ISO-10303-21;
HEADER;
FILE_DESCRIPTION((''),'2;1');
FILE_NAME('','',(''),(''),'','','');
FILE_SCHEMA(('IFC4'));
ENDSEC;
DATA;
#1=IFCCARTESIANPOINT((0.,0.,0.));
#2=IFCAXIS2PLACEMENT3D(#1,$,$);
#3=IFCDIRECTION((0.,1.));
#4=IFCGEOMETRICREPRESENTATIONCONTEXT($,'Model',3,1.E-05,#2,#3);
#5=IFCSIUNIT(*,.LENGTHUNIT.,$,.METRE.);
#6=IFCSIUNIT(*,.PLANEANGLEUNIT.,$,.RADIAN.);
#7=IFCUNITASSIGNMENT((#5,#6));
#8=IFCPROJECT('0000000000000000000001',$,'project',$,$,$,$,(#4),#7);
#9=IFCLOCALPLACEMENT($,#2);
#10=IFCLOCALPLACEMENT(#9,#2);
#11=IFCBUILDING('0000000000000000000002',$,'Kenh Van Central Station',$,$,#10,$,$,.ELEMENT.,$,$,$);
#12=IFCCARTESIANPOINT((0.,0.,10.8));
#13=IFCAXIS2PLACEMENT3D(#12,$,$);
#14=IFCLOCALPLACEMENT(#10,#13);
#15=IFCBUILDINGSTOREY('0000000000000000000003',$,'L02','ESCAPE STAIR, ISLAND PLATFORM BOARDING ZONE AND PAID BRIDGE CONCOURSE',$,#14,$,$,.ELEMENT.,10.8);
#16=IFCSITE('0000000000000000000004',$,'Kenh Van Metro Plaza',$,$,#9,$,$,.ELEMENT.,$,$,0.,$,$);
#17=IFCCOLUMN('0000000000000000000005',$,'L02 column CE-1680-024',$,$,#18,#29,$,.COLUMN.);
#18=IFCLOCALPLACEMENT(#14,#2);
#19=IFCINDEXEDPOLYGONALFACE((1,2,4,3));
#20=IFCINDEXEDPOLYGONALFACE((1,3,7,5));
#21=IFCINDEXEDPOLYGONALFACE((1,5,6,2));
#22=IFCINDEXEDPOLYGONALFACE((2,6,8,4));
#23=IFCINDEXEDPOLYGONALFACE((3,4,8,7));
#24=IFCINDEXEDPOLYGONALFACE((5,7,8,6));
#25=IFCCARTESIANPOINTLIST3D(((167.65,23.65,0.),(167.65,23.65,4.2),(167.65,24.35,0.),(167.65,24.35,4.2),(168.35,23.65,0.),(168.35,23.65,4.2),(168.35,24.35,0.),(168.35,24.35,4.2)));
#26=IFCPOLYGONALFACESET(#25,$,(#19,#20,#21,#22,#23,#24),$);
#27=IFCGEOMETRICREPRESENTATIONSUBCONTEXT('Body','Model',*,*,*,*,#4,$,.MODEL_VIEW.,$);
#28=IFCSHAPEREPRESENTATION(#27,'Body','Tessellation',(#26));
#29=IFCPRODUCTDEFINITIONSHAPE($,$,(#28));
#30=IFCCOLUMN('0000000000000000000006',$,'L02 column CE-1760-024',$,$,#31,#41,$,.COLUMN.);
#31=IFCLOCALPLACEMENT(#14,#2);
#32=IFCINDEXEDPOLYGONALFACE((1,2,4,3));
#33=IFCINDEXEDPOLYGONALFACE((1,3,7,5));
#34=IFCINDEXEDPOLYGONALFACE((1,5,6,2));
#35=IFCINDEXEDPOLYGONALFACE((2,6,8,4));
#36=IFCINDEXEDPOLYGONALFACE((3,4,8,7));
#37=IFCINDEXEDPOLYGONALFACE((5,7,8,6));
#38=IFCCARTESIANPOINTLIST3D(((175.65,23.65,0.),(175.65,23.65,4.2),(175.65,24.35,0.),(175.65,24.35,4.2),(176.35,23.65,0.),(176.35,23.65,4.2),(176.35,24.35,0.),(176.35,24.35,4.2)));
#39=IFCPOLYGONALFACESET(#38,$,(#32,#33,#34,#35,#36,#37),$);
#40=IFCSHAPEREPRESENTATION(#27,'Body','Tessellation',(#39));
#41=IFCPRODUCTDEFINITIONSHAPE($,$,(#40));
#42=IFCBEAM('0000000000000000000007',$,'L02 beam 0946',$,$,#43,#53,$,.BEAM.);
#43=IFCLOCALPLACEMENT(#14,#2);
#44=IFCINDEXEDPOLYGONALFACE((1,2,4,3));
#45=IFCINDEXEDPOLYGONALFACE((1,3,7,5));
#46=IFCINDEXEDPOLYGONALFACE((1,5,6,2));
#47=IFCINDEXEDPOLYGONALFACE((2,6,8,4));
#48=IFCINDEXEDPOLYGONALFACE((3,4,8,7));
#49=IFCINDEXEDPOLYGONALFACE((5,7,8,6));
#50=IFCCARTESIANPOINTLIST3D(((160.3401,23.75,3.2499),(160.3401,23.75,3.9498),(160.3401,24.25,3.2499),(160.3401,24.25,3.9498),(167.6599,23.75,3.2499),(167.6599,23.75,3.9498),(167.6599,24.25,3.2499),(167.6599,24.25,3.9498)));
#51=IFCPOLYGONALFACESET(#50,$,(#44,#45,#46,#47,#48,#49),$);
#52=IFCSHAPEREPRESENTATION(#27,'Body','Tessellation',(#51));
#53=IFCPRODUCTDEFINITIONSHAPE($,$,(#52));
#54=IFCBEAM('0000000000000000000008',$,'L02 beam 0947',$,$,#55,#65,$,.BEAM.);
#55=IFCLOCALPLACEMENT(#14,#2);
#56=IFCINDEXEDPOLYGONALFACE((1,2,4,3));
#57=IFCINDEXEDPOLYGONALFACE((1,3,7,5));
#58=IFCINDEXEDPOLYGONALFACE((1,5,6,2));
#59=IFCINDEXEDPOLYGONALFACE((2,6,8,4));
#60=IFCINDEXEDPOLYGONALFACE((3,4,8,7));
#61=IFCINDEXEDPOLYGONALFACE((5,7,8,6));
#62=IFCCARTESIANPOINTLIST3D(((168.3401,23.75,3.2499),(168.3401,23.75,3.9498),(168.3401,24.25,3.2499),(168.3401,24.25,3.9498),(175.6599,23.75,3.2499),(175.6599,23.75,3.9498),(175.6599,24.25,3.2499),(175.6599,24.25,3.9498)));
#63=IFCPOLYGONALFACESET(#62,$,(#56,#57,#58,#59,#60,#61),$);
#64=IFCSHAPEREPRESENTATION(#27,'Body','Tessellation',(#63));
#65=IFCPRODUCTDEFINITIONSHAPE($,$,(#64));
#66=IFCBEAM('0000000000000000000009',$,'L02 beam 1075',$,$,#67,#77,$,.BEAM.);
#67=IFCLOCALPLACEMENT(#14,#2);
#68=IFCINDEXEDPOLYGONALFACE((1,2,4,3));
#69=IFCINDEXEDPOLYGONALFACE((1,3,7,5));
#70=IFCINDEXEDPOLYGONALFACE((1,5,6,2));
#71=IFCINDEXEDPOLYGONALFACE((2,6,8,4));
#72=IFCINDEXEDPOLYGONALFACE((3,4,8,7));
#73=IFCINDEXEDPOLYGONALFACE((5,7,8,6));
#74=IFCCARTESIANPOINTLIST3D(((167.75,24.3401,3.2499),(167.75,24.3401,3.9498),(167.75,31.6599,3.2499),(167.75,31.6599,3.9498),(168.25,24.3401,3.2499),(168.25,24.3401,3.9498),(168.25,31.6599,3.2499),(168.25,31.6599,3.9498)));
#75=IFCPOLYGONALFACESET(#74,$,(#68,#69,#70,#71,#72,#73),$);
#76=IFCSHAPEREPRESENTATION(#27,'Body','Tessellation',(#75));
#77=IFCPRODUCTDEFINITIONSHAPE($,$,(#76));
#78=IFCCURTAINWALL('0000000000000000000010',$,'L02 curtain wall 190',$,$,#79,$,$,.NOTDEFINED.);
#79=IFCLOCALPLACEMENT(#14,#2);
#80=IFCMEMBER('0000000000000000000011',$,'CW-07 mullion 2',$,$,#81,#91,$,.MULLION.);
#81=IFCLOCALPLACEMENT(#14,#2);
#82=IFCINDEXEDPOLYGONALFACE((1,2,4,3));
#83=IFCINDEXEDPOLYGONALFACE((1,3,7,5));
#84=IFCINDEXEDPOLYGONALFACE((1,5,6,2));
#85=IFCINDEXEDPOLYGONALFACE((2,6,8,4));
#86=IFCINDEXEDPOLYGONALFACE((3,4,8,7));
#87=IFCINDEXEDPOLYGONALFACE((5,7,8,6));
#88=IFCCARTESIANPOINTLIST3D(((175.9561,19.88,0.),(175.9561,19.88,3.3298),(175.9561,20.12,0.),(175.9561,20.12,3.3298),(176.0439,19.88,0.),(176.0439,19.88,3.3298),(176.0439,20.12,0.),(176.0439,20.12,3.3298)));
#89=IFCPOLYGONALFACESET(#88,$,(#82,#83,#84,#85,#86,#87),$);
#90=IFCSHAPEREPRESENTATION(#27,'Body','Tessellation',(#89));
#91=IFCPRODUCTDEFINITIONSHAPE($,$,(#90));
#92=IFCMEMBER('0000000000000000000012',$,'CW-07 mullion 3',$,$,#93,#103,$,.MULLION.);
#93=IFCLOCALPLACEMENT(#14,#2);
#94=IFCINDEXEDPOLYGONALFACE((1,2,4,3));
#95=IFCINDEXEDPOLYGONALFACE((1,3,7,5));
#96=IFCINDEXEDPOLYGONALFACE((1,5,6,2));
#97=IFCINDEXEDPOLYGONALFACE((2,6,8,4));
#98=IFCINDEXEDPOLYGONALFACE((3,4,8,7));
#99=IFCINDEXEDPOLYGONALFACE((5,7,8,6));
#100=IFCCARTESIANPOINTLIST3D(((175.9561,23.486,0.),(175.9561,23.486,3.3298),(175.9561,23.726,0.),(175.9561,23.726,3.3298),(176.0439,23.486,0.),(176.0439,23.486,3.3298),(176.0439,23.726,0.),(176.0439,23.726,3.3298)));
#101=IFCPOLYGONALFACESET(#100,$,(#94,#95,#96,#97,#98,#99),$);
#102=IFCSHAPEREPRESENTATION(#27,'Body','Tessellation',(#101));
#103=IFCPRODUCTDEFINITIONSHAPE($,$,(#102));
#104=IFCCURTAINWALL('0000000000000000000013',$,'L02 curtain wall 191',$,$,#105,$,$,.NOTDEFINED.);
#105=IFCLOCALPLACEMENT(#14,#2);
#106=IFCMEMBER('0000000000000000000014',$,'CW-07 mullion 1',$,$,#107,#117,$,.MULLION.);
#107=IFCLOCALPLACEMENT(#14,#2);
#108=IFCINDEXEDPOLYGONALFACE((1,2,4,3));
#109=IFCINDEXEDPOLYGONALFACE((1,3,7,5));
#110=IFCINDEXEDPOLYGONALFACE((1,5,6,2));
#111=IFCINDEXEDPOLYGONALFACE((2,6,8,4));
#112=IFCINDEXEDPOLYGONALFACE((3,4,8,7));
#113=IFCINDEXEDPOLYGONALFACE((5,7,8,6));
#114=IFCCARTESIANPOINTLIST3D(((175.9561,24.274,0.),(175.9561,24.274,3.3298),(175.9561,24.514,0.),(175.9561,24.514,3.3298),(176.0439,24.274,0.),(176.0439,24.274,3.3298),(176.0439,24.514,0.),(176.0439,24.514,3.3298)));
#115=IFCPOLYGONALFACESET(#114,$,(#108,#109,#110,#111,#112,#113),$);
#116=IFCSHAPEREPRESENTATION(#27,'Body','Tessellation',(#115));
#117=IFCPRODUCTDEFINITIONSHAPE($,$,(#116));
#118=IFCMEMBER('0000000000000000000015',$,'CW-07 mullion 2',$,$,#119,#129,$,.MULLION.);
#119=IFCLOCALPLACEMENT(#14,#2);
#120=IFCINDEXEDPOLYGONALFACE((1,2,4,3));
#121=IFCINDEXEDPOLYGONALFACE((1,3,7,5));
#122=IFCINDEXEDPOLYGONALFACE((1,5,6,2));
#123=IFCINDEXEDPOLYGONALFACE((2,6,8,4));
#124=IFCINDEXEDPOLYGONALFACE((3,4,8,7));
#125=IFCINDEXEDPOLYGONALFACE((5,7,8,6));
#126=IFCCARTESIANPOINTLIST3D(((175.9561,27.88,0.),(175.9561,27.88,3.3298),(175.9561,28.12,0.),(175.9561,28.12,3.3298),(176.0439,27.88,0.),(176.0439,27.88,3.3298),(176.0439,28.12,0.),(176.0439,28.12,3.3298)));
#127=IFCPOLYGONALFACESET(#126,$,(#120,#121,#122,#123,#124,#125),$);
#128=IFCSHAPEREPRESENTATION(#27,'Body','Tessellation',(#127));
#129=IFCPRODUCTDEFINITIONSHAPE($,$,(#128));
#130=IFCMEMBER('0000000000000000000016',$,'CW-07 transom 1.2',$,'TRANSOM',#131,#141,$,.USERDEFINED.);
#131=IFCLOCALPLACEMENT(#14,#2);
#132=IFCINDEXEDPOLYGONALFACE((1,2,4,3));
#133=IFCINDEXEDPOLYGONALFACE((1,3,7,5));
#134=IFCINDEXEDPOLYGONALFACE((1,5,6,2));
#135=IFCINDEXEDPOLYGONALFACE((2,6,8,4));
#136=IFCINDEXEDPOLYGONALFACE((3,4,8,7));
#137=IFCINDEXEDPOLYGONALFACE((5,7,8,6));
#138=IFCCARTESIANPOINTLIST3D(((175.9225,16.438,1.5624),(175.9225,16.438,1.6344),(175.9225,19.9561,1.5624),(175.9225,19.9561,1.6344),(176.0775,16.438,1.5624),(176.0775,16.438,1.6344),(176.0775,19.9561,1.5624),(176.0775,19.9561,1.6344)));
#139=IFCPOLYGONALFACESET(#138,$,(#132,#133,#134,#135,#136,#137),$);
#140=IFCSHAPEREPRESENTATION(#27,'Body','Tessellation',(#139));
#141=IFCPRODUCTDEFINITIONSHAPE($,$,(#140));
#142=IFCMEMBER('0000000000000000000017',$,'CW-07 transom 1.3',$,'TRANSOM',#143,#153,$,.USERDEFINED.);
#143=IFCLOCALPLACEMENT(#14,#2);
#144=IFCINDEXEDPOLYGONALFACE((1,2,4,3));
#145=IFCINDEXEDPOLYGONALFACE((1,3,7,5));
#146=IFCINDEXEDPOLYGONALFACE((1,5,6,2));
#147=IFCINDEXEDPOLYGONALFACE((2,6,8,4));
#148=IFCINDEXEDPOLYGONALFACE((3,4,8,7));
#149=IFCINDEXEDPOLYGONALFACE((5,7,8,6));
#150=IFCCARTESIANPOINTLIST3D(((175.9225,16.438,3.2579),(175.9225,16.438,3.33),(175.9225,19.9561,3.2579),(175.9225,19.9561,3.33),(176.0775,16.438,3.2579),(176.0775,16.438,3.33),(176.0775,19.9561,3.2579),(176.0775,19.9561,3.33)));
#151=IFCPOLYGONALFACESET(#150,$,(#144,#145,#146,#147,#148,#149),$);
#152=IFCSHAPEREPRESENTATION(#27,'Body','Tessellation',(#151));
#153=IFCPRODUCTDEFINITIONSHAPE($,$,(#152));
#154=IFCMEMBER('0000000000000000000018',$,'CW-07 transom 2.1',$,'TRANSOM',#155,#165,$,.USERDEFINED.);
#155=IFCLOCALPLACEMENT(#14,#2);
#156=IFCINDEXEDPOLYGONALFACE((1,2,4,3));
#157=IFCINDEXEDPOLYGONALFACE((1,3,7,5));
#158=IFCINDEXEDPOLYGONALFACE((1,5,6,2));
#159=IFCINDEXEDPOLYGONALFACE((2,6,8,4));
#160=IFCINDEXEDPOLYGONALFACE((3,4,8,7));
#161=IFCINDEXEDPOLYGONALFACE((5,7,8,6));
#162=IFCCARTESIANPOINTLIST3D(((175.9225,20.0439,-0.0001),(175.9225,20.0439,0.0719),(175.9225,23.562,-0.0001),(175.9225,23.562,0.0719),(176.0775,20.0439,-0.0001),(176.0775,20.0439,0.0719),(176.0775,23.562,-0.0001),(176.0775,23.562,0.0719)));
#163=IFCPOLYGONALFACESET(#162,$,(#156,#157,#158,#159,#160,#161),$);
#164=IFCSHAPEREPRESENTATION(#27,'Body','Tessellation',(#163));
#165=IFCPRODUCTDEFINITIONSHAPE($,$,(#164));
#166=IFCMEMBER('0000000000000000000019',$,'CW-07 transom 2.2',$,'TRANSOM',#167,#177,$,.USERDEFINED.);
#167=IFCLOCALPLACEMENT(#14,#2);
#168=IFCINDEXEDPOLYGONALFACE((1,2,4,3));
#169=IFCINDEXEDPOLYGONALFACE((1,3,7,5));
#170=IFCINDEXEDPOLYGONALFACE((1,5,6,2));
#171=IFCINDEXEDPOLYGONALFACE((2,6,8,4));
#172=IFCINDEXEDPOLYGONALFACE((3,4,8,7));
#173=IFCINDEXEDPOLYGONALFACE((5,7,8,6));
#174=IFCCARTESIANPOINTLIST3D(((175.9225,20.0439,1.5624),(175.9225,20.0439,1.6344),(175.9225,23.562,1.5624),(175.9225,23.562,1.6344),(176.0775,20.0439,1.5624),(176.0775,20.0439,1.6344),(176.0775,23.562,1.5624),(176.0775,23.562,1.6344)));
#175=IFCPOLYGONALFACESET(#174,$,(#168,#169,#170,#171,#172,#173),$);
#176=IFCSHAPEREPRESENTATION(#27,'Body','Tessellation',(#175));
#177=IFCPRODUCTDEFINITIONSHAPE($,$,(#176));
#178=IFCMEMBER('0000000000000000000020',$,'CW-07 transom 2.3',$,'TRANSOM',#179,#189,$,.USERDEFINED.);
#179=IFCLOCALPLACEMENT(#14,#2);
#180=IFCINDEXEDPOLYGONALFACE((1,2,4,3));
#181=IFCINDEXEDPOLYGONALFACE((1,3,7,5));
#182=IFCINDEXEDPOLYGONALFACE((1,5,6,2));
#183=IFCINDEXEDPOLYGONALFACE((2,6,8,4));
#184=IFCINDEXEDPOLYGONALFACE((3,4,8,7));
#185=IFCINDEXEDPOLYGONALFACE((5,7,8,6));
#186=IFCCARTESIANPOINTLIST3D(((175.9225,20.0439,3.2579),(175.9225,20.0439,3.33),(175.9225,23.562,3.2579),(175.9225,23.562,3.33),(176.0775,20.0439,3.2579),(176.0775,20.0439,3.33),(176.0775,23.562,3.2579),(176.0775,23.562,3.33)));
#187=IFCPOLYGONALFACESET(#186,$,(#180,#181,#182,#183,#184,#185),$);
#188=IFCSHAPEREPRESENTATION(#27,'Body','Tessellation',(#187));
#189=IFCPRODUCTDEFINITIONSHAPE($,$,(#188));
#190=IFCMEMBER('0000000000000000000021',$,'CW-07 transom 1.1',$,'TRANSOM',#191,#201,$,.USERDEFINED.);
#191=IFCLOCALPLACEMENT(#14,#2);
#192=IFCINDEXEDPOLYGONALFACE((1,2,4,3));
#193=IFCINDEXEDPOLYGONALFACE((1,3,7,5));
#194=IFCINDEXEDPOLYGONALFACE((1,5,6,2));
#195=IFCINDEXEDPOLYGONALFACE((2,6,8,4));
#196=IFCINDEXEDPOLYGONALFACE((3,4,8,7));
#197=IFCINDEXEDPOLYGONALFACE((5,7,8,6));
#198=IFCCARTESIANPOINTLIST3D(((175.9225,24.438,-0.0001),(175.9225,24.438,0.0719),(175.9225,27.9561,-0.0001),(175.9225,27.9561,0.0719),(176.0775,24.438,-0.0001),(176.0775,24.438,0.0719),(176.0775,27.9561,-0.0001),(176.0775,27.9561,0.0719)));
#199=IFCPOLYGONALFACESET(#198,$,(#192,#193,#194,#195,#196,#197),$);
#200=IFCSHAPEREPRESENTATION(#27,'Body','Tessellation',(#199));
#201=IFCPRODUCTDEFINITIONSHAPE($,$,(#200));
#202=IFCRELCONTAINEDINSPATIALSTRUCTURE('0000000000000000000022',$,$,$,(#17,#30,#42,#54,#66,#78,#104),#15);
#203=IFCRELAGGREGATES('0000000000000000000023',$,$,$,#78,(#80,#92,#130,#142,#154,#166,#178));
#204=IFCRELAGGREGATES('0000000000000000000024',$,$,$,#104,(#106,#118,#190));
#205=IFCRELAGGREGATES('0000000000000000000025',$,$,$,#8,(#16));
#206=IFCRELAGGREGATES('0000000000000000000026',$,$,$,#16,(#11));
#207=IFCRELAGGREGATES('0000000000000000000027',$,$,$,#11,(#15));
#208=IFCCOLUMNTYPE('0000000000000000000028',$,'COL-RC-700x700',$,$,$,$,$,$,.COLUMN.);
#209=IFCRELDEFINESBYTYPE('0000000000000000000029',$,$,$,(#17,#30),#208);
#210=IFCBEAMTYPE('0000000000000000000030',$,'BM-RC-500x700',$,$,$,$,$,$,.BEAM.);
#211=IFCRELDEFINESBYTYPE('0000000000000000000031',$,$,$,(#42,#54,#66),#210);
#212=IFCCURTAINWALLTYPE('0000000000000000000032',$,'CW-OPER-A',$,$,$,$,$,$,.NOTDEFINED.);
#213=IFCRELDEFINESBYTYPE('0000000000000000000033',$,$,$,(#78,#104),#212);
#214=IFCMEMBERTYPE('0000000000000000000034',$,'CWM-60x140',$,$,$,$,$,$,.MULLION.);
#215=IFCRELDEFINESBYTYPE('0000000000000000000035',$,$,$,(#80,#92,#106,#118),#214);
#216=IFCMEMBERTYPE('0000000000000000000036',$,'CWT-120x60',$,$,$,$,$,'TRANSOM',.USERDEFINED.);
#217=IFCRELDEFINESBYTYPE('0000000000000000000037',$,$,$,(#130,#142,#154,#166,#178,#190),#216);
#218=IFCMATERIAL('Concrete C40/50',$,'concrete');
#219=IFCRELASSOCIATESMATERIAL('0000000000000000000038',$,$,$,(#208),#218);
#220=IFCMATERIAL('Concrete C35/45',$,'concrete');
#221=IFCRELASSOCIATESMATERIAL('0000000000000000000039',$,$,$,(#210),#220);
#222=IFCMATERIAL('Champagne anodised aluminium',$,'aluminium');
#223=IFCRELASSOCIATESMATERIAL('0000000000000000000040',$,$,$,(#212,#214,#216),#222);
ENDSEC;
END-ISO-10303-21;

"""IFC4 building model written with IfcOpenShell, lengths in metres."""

from ifc_helpers import new_model, si_unit, direction, frame, origin, origin_2d, place, context, subcontext, project, spatial, rectangle, extrude, material, material_profile, profile_set, type_object, element, aggregate, save


model = new_model("IFC4")

# Units and contexts
model_context = context("Model", 3, precision=1e-05, world=origin(), true_north=direction((0.0, 1.0)))
body_context = subcontext(model_context, "Body", "Model", "MODEL_VIEW")
ifc_project = project(units=[si_unit("LENGTHUNIT", "METRE"), si_unit("PLANEANGLEUNIT", "RADIAN")], contexts=[model_context])

# Site, building, storey
site_placement = place(None, origin())
site = spatial("IfcSite", under=ifc_project, at=site_placement, Name="Kenh Van Metro Plaza", CompositionType="ELEMENT", RefElevation=0.0)
building_placement = place(site_placement, origin())
building = spatial("IfcBuilding", under=site, at=building_placement, Name="Kenh Van Central Station", CompositionType="ELEMENT")
storey_placement = place(building_placement, frame((0.0, 0.0, 10.8)))
storey = spatial("IfcBuildingStorey", under=building, at=storey_placement, Name="L02", Description="ESCAPE STAIR, ISLAND PLATFORM BOARDING ZONE AND PAID BRIDGE CONCOURSE", CompositionType="ELEMENT", Elevation=10.8)

# Columns
ifc_material_1 = material(Name="Concrete C40/50", Category="concrete")
ifc_material_profile_1 = material_profile(ifc_material_1, rectangle(XDim=0.7, YDim=0.7, at=origin_2d()), Name="RC 700x700")
ifc_profile_set_1 = profile_set([ifc_material_profile_1], Name="Concrete C40/50")
column_type = type_object("IfcColumnType", Name="COL-RC-700x700", PredefinedType="COLUMN", material=ifc_profile_set_1)
for number, where, z_axis, x_axis, name in (
    (1, (168.0, 24.0, 0.0), (0.0, 0.0, 1.0), (1.0, 0.0, 0.0), "L02 column CE-1680-024"),
    (2, (176.0, 24.0, 0.0), (0.0, 0.0, 1.0), (1.0, 0.0, 0.0), "L02 column CE-1760-024"),
):
    element("IfcColumn", number, at=place(storey_placement, frame(where, z_axis=z_axis, x_axis=x_axis)), inside=storey, type_object=column_type, Name=name, PredefinedType="COLUMN", context=body_context, shape_type="SweptSolid", body=[
        extrude(rectangle(XDim=0.7, YDim=0.7, at=origin_2d()), origin(), (0.0, 0.0, 1.0), 4.2),
    ])

# Beams
ifc_material_2 = material(Name="Concrete C35/45", Category="concrete")
ifc_material_profile_2 = material_profile(ifc_material_2, rectangle(XDim=0.5, YDim=0.7, at=origin_2d()), Name="RC 500x700")
ifc_profile_set_2 = profile_set([ifc_material_profile_2], Name="Concrete C35/45")
beam_type_1 = type_object("IfcBeamType", Name="BM-RC-500x700", PredefinedType="BEAM", material=ifc_profile_set_2)
for number, where, z_axis, x_axis, name in (
    (3, (160.3401, 24.0, 3.5999), (1.0, 0.0, 0.0), (0.0, 1.0, 0.0), "L02 beam 0946"),
    (4, (168.3401, 24.0, 3.5999), (1.0, 0.0, 0.0), (0.0, 1.0, 0.0), "L02 beam 0947"),
    (5, (168.0, 24.3401, 3.5999), (0.0, 1.0, 0.0), (-1.0, 0.0, 0.0), "L02 beam 1075"),
):
    element("IfcBeam", number, at=place(storey_placement, frame(where, z_axis=z_axis, x_axis=x_axis)), inside=storey, type_object=beam_type_1, Name=name, PredefinedType="BEAM", context=body_context, shape_type="SweptSolid", body=[
        extrude(rectangle(XDim=0.5, YDim=0.7, at=origin_2d()), origin(), (0.0, 0.0, 1.0), 7.3198),
    ])

# Curtain walls, members
ifc_material_3 = material(Name="Champagne anodised aluminium", Category="aluminium")
curtain_wall_type = type_object("IfcCurtainWallType", Name="CW-OPER-A", PredefinedType="NOTDEFINED", material=ifc_material_3)
curtain_wall_1_placement = place(storey_placement, origin())
curtain_wall_1 = element("IfcCurtainWall", 6, at=curtain_wall_1_placement, inside=storey, type_object=curtain_wall_type, Name="L02 curtain wall 190", PredefinedType="NOTDEFINED")
ifc_material_profile_3 = material_profile(ifc_material_3, rectangle(XDim=0.0879, YDim=0.24, at=origin_2d()), Name="AL 88x240")
ifc_profile_set_3 = profile_set([ifc_material_profile_3], Name="Champagne anodised aluminium")
member_type_1 = type_object("IfcMemberType", Name="CWM-60x140", PredefinedType="MULLION", material=ifc_profile_set_3)
member_1_placement = place(storey_placement, frame((176.0, 20.0, 0.0), z_axis=(0.0, 0.0, 1.0), x_axis=(-1.0, 0.0, 0.0)))
member_1 = element("IfcMember", 7, at=member_1_placement, type_object=member_type_1, Name="CW-07 mullion 2", PredefinedType="MULLION", context=body_context, shape_type="SweptSolid", body=[
    extrude(rectangle(XDim=0.0879, YDim=0.24, at=origin_2d()), origin(), (0.0, 0.0, 1.0), 3.3298),
])
member_2_placement = place(storey_placement, frame((176.0, 23.606, 0.0), z_axis=(0.0, 0.0, 1.0), x_axis=(-1.0, 0.0, 0.0)))
member_2 = element("IfcMember", 8, at=member_2_placement, type_object=member_type_1, Name="CW-07 mullion 3", PredefinedType="MULLION", context=body_context, shape_type="SweptSolid", body=[
    extrude(rectangle(XDim=0.0879, YDim=0.24, at=origin_2d()), origin(), (0.0, 0.0, 1.0), 3.3298),
])
curtain_wall_2_placement = place(storey_placement, origin())
curtain_wall_2 = element("IfcCurtainWall", 9, at=curtain_wall_2_placement, inside=storey, type_object=curtain_wall_type, Name="L02 curtain wall 191", PredefinedType="NOTDEFINED")
member_3_placement = place(storey_placement, frame((176.0, 24.394, 0.0), z_axis=(0.0, 0.0, 1.0), x_axis=(-1.0, 0.0, 0.0)))
member_3 = element("IfcMember", 10, at=member_3_placement, type_object=member_type_1, Name="CW-07 mullion 1", PredefinedType="MULLION", context=body_context, shape_type="SweptSolid", body=[
    extrude(rectangle(XDim=0.0879, YDim=0.24, at=origin_2d()), origin(), (0.0, 0.0, 1.0), 3.3298),
])
member_4_placement = place(storey_placement, frame((176.0, 28.0, 0.0), z_axis=(0.0, 0.0, 1.0), x_axis=(-1.0, 0.0, 0.0)))
member_4 = element("IfcMember", 11, at=member_4_placement, type_object=member_type_1, Name="CW-07 mullion 2", PredefinedType="MULLION", context=body_context, shape_type="SweptSolid", body=[
    extrude(rectangle(XDim=0.0879, YDim=0.24, at=origin_2d()), origin(), (0.0, 0.0, 1.0), 3.3298),
])

# Members
ifc_material_profile_4 = material_profile(ifc_material_3, rectangle(XDim=0.155, YDim=0.072, at=origin_2d()), Name="AL 155x72")
ifc_profile_set_4 = profile_set([ifc_material_profile_4], Name="Champagne anodised aluminium")
member_type_2 = type_object("IfcMemberType", Name="CWT-120x60", ElementType="TRANSOM", PredefinedType="USERDEFINED", material=ifc_profile_set_4)
member_5_placement = place(storey_placement, frame((176.0, 16.438, 1.5984), z_axis=(0.0, 1.0, 0.0), x_axis=(-1.0, 0.0, 0.0)))
member_5 = element("IfcMember", 12, at=member_5_placement, type_object=member_type_2, Name="CW-07 transom 1.2", ObjectType="TRANSOM", PredefinedType="USERDEFINED", context=body_context, shape_type="SweptSolid", body=[
    extrude(rectangle(XDim=0.155, YDim=0.072, at=origin_2d()), origin(), (0.0, 0.0, 1.0), 3.5181),
])
member_6_placement = place(storey_placement, frame((176.0, 16.438, 3.2939), z_axis=(0.0, 1.0, 0.0), x_axis=(-1.0, 0.0, 0.0)))
member_6 = element("IfcMember", 13, at=member_6_placement, type_object=member_type_2, Name="CW-07 transom 1.3", ObjectType="TRANSOM", PredefinedType="USERDEFINED", context=body_context, shape_type="SweptSolid", body=[
    extrude(rectangle(XDim=0.155, YDim=0.072, at=origin_2d()), origin(), (0.0, 0.0, 1.0), 3.5181),
])
member_7_placement = place(storey_placement, frame((176.0, 20.0439, 0.0359), z_axis=(0.0, 1.0, 0.0), x_axis=(-1.0, 0.0, 0.0)))
member_7 = element("IfcMember", 14, at=member_7_placement, type_object=member_type_2, Name="CW-07 transom 2.1", ObjectType="TRANSOM", PredefinedType="USERDEFINED", context=body_context, shape_type="SweptSolid", body=[
    extrude(rectangle(XDim=0.155, YDim=0.072, at=origin_2d()), origin(), (0.0, 0.0, 1.0), 3.5181),
])
member_8_placement = place(storey_placement, frame((176.0, 20.0439, 1.5984), z_axis=(0.0, 1.0, 0.0), x_axis=(-1.0, 0.0, 0.0)))
member_8 = element("IfcMember", 15, at=member_8_placement, type_object=member_type_2, Name="CW-07 transom 2.2", ObjectType="TRANSOM", PredefinedType="USERDEFINED", context=body_context, shape_type="SweptSolid", body=[
    extrude(rectangle(XDim=0.155, YDim=0.072, at=origin_2d()), origin(), (0.0, 0.0, 1.0), 3.5181),
])
member_9_placement = place(storey_placement, frame((176.0, 20.0439, 3.2939), z_axis=(0.0, 1.0, 0.0), x_axis=(-1.0, 0.0, 0.0)))
member_9 = element("IfcMember", 16, at=member_9_placement, type_object=member_type_2, Name="CW-07 transom 2.3", ObjectType="TRANSOM", PredefinedType="USERDEFINED", context=body_context, shape_type="SweptSolid", body=[
    extrude(rectangle(XDim=0.155, YDim=0.072, at=origin_2d()), origin(), (0.0, 0.0, 1.0), 3.5181),
])
member_10_placement = place(storey_placement, frame((176.0, 24.438, 0.0359), z_axis=(0.0, 1.0, 0.0), x_axis=(-1.0, 0.0, 0.0)))
member_10 = element("IfcMember", 17, at=member_10_placement, type_object=member_type_2, Name="CW-07 transom 1.1", ObjectType="TRANSOM", PredefinedType="USERDEFINED", context=body_context, shape_type="SweptSolid", body=[
    extrude(rectangle(XDim=0.155, YDim=0.072, at=origin_2d()), origin(), (0.0, 0.0, 1.0), 3.5181),
])

aggregate(curtain_wall_1, [member_1, member_2, member_5, member_6, member_7, member_8, member_9])
aggregate(curtain_wall_2, [member_3, member_4, member_10])

save(model, "model.ifc")
